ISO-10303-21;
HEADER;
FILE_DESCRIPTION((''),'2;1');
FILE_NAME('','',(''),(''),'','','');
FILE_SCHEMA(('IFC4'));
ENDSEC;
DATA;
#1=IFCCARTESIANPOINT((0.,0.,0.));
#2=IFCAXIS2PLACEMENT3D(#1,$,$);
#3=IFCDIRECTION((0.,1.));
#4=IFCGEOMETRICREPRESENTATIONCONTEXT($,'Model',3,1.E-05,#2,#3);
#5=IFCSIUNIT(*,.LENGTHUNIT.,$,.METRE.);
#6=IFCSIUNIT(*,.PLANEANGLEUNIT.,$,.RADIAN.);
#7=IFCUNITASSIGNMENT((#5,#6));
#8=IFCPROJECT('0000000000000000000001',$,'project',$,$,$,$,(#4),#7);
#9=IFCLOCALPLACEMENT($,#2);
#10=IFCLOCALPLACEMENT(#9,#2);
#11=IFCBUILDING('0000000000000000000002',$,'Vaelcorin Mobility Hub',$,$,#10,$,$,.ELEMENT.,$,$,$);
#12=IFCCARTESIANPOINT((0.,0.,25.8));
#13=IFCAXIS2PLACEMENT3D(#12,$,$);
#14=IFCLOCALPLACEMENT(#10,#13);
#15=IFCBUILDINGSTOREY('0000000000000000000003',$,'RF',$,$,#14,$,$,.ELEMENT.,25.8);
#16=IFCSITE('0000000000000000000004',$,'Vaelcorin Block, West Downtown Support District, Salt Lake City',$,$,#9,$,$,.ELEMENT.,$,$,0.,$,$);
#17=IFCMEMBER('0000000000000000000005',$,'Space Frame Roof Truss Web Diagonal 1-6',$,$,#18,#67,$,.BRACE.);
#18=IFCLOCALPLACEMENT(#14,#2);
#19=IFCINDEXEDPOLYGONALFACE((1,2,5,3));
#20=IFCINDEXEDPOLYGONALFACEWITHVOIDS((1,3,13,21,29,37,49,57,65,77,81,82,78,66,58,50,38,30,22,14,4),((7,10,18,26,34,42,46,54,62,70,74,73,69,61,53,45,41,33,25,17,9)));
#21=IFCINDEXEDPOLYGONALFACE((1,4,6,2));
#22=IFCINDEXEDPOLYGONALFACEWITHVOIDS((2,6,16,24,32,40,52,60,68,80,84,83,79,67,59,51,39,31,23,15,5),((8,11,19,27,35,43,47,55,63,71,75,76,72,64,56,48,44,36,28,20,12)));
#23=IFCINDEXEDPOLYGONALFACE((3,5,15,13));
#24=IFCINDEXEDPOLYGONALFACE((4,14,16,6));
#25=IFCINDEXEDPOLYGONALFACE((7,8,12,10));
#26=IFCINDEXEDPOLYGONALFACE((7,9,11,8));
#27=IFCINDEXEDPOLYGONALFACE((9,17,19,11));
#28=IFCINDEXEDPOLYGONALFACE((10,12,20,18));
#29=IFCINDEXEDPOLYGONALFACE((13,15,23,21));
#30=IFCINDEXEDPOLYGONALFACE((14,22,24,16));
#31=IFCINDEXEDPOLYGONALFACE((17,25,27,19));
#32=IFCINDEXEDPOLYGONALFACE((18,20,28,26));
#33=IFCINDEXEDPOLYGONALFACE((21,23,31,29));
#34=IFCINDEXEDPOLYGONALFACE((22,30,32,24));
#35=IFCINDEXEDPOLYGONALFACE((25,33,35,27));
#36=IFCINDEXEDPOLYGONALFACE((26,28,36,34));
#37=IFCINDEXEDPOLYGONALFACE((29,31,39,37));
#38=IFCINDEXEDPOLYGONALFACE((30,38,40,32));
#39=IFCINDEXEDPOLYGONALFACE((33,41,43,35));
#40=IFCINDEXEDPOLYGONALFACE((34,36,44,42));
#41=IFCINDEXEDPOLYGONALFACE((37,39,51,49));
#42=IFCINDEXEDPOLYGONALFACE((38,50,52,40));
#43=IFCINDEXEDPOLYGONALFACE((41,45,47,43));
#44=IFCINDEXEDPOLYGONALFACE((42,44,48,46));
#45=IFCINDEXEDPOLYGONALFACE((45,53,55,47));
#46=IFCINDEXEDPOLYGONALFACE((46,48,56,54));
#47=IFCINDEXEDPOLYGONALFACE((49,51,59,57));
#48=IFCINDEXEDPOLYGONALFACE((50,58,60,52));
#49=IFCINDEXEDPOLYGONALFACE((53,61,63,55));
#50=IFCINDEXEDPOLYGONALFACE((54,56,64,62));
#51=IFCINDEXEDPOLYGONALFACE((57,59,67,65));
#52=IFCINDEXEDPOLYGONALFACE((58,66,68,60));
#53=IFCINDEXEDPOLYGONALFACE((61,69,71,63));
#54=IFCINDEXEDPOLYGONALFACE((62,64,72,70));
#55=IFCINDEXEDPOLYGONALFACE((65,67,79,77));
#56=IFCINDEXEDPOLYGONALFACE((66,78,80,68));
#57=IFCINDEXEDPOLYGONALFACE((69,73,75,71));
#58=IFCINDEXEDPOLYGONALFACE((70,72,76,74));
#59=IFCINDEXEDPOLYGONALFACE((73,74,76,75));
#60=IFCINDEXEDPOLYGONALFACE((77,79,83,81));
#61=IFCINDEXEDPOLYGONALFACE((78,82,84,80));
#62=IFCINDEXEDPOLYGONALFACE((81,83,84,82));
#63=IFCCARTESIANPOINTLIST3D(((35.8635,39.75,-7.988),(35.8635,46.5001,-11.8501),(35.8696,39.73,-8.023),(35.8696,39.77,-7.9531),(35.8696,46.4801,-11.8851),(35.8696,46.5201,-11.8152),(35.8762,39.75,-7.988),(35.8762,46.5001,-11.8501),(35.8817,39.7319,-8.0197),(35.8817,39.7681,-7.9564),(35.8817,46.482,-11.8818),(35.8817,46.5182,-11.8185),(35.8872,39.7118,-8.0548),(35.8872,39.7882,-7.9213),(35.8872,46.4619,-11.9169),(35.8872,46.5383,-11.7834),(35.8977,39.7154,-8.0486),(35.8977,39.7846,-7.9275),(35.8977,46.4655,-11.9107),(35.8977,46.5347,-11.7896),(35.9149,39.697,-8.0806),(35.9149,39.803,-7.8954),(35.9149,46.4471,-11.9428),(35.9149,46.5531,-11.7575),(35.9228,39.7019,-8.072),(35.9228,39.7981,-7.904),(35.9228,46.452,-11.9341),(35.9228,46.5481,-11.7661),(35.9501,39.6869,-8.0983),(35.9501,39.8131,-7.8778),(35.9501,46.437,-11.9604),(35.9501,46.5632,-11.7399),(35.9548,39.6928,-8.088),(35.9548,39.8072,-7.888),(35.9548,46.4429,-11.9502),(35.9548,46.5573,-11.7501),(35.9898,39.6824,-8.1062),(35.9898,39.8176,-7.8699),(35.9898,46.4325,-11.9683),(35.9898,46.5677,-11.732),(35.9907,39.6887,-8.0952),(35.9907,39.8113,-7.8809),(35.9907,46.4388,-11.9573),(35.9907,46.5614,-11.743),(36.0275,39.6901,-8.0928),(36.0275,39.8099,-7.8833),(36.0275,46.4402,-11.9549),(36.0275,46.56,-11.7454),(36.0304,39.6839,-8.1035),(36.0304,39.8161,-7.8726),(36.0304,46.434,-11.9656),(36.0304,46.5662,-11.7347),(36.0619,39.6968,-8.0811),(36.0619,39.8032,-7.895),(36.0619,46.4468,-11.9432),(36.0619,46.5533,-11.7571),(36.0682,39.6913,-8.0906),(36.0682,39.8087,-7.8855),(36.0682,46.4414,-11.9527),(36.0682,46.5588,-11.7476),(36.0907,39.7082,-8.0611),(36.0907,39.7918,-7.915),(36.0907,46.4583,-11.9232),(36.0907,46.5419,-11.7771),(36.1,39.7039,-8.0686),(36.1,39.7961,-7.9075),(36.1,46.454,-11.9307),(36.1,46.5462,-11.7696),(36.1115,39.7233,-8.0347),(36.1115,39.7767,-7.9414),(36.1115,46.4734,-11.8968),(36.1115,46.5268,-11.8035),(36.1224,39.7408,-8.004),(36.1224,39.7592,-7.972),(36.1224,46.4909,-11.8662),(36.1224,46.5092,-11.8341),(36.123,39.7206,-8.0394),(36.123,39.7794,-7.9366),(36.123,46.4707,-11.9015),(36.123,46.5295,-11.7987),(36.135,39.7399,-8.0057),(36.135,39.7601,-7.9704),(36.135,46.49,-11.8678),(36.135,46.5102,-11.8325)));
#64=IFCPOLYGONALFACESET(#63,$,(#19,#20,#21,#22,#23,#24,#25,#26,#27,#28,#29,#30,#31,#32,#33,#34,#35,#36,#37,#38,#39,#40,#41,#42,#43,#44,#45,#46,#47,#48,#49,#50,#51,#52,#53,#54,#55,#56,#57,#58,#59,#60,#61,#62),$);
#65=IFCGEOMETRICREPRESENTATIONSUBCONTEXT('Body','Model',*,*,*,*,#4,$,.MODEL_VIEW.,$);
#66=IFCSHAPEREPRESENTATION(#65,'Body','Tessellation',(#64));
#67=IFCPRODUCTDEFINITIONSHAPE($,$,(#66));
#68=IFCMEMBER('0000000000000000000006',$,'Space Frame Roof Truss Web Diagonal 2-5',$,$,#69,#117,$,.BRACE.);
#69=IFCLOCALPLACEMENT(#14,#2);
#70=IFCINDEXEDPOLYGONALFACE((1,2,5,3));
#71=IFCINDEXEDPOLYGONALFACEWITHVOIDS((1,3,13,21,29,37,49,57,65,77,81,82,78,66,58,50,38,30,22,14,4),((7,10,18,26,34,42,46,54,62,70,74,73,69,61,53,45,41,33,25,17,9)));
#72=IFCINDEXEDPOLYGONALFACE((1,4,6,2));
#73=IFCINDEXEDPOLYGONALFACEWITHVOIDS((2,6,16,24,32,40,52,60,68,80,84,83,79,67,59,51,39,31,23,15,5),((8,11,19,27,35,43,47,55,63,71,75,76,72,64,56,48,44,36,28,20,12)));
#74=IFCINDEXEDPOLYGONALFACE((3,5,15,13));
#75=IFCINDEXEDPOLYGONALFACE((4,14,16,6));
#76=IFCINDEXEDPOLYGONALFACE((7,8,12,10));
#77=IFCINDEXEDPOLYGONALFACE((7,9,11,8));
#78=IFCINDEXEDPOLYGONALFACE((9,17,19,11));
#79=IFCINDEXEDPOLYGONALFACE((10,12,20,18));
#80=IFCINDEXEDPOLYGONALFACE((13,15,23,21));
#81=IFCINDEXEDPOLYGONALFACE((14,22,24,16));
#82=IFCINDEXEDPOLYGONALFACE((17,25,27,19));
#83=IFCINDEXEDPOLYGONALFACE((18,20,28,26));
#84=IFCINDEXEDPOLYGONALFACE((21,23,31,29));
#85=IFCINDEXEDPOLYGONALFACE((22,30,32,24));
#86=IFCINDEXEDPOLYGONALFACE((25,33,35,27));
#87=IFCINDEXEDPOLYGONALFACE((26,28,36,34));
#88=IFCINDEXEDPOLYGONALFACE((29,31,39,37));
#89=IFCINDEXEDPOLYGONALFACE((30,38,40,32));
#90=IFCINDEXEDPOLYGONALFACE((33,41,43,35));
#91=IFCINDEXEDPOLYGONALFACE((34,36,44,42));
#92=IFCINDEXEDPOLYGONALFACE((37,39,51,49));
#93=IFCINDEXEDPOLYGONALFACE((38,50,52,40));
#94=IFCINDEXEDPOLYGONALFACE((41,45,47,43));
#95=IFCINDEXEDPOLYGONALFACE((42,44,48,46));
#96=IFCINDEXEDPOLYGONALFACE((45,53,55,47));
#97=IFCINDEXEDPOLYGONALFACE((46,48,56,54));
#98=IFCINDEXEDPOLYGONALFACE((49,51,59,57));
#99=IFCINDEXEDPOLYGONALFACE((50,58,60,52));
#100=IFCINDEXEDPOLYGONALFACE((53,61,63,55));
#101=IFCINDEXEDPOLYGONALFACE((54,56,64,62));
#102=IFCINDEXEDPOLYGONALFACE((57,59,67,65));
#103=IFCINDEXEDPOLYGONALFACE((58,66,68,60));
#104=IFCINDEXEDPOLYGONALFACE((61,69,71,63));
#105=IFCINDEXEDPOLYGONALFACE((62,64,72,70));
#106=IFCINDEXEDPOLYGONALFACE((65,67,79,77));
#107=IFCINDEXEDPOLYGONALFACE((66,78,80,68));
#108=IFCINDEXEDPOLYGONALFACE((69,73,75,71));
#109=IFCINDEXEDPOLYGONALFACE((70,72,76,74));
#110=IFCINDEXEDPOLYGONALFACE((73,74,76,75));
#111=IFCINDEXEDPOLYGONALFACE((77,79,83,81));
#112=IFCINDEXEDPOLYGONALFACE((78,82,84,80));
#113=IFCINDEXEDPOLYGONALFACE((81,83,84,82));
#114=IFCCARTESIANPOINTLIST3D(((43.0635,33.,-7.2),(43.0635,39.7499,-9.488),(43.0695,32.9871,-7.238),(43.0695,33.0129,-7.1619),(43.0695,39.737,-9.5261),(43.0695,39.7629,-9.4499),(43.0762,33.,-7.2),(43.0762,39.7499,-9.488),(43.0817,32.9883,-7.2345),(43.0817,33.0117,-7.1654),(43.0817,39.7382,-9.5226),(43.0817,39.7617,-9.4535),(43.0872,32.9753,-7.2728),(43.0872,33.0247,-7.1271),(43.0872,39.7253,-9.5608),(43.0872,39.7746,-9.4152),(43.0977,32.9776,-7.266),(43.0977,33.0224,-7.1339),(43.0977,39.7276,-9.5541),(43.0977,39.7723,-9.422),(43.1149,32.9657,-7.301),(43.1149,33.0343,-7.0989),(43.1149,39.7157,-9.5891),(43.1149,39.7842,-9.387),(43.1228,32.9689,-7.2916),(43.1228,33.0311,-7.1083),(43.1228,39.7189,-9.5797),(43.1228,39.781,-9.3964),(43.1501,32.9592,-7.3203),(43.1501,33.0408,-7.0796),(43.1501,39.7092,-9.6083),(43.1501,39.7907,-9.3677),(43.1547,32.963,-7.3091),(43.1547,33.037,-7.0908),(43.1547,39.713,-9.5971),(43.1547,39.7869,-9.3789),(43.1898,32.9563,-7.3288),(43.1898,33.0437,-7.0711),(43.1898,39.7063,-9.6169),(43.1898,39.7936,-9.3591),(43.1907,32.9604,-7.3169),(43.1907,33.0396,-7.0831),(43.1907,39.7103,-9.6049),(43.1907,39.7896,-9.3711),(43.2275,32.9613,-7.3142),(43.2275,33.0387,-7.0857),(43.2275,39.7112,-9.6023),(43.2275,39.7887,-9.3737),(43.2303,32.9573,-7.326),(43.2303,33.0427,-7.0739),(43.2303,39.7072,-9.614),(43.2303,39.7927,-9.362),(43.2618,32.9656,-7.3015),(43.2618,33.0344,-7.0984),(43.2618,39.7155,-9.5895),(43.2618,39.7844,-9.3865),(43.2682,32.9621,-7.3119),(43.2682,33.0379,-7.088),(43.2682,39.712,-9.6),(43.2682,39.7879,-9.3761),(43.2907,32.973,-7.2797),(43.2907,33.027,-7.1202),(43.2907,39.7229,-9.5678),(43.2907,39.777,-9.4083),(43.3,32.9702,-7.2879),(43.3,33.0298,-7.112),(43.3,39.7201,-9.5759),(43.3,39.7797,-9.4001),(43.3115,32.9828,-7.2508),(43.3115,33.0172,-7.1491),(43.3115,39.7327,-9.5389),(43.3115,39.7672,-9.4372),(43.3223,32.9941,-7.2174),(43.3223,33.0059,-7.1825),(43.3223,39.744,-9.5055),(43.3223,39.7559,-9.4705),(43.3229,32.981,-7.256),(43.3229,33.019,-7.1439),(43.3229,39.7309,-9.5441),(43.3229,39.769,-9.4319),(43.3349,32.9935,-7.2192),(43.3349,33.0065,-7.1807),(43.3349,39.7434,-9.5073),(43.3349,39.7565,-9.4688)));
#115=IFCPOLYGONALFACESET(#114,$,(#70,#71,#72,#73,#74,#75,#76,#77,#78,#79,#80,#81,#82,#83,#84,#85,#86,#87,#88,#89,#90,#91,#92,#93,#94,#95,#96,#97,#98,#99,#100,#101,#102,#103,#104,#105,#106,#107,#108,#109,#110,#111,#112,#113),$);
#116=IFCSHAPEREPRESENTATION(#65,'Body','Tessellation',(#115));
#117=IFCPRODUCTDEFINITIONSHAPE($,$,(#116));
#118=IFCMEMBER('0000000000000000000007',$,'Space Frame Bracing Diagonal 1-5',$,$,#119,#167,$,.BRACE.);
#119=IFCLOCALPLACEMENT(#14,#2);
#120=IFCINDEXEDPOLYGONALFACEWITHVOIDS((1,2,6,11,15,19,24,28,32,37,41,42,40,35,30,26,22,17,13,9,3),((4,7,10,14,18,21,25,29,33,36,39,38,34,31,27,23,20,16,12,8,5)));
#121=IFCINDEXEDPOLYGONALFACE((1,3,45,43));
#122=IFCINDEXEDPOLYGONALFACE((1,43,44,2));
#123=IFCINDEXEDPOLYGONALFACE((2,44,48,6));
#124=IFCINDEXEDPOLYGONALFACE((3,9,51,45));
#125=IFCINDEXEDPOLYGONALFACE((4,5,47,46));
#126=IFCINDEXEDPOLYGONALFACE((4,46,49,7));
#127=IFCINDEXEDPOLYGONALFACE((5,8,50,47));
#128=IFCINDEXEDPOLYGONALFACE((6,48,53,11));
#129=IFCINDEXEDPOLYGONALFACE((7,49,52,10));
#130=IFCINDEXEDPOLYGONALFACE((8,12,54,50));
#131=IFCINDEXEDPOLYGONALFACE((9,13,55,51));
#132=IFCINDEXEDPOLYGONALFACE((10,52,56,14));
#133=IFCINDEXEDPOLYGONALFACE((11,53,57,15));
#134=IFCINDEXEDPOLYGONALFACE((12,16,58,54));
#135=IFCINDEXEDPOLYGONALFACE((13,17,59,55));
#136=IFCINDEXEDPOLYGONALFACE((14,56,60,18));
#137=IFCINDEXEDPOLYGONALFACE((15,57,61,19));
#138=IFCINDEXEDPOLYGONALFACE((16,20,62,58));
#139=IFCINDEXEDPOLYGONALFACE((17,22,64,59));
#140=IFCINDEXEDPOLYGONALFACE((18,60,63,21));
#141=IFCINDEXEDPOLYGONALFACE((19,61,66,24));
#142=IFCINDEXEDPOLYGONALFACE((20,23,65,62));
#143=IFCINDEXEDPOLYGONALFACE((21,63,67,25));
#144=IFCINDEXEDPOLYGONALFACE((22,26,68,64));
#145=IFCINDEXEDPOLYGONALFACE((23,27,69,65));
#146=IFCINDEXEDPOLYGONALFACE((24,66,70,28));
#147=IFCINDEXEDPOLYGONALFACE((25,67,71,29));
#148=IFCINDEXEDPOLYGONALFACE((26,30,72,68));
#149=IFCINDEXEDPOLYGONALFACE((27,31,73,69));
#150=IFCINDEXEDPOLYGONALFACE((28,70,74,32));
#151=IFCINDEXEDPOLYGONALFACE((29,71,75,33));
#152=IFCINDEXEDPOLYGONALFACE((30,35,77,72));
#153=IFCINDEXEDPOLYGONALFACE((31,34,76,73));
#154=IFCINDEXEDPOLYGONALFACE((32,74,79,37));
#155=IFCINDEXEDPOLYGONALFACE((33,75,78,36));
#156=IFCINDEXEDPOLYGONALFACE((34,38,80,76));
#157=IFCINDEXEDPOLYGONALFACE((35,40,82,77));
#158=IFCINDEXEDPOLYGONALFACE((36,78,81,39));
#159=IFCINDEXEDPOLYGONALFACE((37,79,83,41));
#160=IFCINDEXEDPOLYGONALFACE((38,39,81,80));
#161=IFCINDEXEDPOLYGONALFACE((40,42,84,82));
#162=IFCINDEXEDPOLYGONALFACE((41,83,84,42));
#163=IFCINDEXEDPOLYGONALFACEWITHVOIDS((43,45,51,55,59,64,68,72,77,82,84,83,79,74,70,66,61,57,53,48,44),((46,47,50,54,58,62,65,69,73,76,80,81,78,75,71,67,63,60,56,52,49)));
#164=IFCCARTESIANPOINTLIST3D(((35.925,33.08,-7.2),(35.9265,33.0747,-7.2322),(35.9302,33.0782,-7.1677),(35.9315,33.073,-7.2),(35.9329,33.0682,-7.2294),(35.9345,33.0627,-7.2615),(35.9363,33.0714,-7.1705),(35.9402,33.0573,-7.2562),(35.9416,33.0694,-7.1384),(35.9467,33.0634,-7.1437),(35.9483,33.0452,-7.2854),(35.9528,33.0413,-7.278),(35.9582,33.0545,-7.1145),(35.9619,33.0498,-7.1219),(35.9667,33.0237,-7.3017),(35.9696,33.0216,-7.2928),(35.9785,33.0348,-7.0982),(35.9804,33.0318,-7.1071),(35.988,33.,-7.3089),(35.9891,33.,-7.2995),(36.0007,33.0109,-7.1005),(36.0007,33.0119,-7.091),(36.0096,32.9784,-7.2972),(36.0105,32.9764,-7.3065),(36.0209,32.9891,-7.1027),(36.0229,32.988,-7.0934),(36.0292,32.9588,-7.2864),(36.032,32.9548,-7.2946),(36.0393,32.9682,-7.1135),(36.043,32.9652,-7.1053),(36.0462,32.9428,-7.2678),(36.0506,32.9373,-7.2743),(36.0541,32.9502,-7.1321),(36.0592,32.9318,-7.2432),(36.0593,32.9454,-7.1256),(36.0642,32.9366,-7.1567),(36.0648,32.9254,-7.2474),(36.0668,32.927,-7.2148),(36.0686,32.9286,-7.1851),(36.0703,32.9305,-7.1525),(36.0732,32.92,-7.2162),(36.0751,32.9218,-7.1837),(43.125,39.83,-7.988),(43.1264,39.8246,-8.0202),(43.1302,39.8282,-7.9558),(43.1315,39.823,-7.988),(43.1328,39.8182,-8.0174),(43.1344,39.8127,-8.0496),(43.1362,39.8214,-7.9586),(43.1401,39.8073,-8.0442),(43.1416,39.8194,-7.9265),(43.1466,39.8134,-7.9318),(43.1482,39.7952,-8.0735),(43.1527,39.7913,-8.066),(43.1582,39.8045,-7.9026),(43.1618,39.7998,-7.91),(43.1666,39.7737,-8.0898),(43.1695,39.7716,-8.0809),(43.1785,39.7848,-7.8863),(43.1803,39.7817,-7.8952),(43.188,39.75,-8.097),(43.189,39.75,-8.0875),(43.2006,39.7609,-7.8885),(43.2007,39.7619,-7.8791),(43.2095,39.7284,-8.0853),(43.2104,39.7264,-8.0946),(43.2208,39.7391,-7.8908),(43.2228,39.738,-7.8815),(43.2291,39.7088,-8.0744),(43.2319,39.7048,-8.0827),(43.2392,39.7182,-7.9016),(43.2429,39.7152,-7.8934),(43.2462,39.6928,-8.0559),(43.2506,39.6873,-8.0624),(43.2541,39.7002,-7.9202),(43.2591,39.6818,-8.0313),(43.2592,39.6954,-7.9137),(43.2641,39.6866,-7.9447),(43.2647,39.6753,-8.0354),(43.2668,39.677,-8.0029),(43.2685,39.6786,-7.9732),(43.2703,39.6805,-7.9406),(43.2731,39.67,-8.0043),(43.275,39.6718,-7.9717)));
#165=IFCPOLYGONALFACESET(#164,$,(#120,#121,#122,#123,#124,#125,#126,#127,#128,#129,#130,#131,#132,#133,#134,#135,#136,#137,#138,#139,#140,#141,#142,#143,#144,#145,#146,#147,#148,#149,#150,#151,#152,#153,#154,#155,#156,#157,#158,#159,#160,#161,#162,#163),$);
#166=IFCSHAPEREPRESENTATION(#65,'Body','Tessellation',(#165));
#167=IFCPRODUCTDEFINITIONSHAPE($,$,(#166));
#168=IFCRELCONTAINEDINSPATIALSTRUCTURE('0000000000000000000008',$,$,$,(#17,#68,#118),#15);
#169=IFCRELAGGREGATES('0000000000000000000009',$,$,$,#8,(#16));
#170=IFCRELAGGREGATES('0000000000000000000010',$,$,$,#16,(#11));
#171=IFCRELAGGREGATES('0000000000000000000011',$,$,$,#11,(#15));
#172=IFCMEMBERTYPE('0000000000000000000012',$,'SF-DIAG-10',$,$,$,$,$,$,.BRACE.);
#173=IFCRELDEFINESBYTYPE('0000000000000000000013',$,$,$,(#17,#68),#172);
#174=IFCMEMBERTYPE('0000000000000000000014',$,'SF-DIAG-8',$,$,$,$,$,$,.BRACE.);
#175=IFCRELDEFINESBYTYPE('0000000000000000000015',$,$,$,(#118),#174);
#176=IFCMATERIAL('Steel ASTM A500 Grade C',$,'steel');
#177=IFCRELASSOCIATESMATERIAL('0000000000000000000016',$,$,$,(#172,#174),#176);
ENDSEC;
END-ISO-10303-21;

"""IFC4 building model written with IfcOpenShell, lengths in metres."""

from ifc_helpers import new_model, si_unit, direction, frame, origin, origin_2d, place, context, subcontext, project, spatial, hollow_circle, extrude, material, material_profile, profile_set, type_object, element, save


model = new_model("IFC4")

# Units and contexts
model_context = context("Model", 3, precision=1e-05, world=origin(), true_north=direction((0.0, 1.0)))
body_context = subcontext(model_context, "Body", "Model", "MODEL_VIEW")
ifc_project = project(units=[si_unit("LENGTHUNIT", "METRE"), si_unit("PLANEANGLEUNIT", "RADIAN")], contexts=[model_context])

# Site, building, storey
site_placement = place(None, origin())
site = spatial("IfcSite", under=ifc_project, at=site_placement, Name="Vaelcorin Block, West Downtown Support District, Salt Lake City", CompositionType="ELEMENT", RefElevation=0.0)
building_placement = place(site_placement, origin())
building = spatial("IfcBuilding", under=site, at=building_placement, Name="Vaelcorin Mobility Hub", CompositionType="ELEMENT")
storey_placement = place(building_placement, frame((0.0, 0.0, 25.8)))
storey = spatial("IfcBuildingStorey", under=building, at=storey_placement, Name="RF", CompositionType="ELEMENT", Elevation=25.8)

# Members
ifc_material_1 = material(Name="Steel ASTM A500 Grade C", Category="steel")
ifc_material_profile_1 = material_profile(ifc_material_1, hollow_circle(Radius=0.1365, WallThickness=0.0127, at=origin_2d()), Name="HSS10.750X0.500")
ifc_profile_set_1 = profile_set([ifc_material_profile_1], Name="Steel ASTM A500 Grade C")
member_type_1 = type_object("IfcMemberType", Name="SF-DIAG-10", PredefinedType="BRACE", material=ifc_profile_set_1)
member_1_placement = place(storey_placement, frame((36.0, 39.75, -7.988), z_axis=(0.0, 0.867971, -0.496616), x_axis=(-1.0, 0.0, 0.0)))
element("IfcMember", 1, at=member_1_placement, inside=storey, type_object=member_type_1, Name="Space Frame Roof Truss Web Diagonal 1-6", PredefinedType="BRACE", context=body_context, shape_type="SweptSolid", body=[
    extrude(hollow_circle(Radius=0.1365, WallThickness=0.0127, at=origin_2d()), origin(), (0.0, 0.0, 1.0), 7.7769),
])
member_2_placement = place(storey_placement, frame((43.2, 33.0, -7.2), z_axis=(0.0, 0.947068, -0.321033), x_axis=(-1.0, 0.0, 0.0)))
element("IfcMember", 2, at=member_2_placement, inside=storey, type_object=member_type_1, Name="Space Frame Roof Truss Web Diagonal 2-5", PredefinedType="BRACE", context=body_context, shape_type="SweptSolid", body=[
    extrude(hollow_circle(Radius=0.1365, WallThickness=0.0127, at=origin_2d()), origin(), (0.0, 0.0, 1.0), 7.1272),
])
ifc_material_profile_2 = material_profile(ifc_material_1, hollow_circle(Radius=0.1096, WallThickness=0.0095, at=origin_2d()), Name="HSS8.625X0.375")
ifc_profile_set_2 = profile_set([ifc_material_profile_2], Name="Steel ASTM A500 Grade C")
member_type_2 = type_object("IfcMemberType", Name="SF-DIAG-8", PredefinedType="BRACE", material=ifc_profile_set_2)
member_3_placement = place(storey_placement, frame((36.0, 33.0, -7.2), z_axis=(0.72722, 0.681773, -0.079599), x_axis=(-0.683944, 0.729535, 0.0)))
element("IfcMember", 3, at=member_3_placement, inside=storey, type_object=member_type_2, Name="Space Frame Bracing Diagonal 1-5", PredefinedType="BRACE", context=body_context, shape_type="SweptSolid", body=[
    extrude(hollow_circle(Radius=0.1096, WallThickness=0.0095, at=origin_2d()), origin(), (0.0, 0.0, 1.0), 9.9006),
])

save(model, "model.ifc")
